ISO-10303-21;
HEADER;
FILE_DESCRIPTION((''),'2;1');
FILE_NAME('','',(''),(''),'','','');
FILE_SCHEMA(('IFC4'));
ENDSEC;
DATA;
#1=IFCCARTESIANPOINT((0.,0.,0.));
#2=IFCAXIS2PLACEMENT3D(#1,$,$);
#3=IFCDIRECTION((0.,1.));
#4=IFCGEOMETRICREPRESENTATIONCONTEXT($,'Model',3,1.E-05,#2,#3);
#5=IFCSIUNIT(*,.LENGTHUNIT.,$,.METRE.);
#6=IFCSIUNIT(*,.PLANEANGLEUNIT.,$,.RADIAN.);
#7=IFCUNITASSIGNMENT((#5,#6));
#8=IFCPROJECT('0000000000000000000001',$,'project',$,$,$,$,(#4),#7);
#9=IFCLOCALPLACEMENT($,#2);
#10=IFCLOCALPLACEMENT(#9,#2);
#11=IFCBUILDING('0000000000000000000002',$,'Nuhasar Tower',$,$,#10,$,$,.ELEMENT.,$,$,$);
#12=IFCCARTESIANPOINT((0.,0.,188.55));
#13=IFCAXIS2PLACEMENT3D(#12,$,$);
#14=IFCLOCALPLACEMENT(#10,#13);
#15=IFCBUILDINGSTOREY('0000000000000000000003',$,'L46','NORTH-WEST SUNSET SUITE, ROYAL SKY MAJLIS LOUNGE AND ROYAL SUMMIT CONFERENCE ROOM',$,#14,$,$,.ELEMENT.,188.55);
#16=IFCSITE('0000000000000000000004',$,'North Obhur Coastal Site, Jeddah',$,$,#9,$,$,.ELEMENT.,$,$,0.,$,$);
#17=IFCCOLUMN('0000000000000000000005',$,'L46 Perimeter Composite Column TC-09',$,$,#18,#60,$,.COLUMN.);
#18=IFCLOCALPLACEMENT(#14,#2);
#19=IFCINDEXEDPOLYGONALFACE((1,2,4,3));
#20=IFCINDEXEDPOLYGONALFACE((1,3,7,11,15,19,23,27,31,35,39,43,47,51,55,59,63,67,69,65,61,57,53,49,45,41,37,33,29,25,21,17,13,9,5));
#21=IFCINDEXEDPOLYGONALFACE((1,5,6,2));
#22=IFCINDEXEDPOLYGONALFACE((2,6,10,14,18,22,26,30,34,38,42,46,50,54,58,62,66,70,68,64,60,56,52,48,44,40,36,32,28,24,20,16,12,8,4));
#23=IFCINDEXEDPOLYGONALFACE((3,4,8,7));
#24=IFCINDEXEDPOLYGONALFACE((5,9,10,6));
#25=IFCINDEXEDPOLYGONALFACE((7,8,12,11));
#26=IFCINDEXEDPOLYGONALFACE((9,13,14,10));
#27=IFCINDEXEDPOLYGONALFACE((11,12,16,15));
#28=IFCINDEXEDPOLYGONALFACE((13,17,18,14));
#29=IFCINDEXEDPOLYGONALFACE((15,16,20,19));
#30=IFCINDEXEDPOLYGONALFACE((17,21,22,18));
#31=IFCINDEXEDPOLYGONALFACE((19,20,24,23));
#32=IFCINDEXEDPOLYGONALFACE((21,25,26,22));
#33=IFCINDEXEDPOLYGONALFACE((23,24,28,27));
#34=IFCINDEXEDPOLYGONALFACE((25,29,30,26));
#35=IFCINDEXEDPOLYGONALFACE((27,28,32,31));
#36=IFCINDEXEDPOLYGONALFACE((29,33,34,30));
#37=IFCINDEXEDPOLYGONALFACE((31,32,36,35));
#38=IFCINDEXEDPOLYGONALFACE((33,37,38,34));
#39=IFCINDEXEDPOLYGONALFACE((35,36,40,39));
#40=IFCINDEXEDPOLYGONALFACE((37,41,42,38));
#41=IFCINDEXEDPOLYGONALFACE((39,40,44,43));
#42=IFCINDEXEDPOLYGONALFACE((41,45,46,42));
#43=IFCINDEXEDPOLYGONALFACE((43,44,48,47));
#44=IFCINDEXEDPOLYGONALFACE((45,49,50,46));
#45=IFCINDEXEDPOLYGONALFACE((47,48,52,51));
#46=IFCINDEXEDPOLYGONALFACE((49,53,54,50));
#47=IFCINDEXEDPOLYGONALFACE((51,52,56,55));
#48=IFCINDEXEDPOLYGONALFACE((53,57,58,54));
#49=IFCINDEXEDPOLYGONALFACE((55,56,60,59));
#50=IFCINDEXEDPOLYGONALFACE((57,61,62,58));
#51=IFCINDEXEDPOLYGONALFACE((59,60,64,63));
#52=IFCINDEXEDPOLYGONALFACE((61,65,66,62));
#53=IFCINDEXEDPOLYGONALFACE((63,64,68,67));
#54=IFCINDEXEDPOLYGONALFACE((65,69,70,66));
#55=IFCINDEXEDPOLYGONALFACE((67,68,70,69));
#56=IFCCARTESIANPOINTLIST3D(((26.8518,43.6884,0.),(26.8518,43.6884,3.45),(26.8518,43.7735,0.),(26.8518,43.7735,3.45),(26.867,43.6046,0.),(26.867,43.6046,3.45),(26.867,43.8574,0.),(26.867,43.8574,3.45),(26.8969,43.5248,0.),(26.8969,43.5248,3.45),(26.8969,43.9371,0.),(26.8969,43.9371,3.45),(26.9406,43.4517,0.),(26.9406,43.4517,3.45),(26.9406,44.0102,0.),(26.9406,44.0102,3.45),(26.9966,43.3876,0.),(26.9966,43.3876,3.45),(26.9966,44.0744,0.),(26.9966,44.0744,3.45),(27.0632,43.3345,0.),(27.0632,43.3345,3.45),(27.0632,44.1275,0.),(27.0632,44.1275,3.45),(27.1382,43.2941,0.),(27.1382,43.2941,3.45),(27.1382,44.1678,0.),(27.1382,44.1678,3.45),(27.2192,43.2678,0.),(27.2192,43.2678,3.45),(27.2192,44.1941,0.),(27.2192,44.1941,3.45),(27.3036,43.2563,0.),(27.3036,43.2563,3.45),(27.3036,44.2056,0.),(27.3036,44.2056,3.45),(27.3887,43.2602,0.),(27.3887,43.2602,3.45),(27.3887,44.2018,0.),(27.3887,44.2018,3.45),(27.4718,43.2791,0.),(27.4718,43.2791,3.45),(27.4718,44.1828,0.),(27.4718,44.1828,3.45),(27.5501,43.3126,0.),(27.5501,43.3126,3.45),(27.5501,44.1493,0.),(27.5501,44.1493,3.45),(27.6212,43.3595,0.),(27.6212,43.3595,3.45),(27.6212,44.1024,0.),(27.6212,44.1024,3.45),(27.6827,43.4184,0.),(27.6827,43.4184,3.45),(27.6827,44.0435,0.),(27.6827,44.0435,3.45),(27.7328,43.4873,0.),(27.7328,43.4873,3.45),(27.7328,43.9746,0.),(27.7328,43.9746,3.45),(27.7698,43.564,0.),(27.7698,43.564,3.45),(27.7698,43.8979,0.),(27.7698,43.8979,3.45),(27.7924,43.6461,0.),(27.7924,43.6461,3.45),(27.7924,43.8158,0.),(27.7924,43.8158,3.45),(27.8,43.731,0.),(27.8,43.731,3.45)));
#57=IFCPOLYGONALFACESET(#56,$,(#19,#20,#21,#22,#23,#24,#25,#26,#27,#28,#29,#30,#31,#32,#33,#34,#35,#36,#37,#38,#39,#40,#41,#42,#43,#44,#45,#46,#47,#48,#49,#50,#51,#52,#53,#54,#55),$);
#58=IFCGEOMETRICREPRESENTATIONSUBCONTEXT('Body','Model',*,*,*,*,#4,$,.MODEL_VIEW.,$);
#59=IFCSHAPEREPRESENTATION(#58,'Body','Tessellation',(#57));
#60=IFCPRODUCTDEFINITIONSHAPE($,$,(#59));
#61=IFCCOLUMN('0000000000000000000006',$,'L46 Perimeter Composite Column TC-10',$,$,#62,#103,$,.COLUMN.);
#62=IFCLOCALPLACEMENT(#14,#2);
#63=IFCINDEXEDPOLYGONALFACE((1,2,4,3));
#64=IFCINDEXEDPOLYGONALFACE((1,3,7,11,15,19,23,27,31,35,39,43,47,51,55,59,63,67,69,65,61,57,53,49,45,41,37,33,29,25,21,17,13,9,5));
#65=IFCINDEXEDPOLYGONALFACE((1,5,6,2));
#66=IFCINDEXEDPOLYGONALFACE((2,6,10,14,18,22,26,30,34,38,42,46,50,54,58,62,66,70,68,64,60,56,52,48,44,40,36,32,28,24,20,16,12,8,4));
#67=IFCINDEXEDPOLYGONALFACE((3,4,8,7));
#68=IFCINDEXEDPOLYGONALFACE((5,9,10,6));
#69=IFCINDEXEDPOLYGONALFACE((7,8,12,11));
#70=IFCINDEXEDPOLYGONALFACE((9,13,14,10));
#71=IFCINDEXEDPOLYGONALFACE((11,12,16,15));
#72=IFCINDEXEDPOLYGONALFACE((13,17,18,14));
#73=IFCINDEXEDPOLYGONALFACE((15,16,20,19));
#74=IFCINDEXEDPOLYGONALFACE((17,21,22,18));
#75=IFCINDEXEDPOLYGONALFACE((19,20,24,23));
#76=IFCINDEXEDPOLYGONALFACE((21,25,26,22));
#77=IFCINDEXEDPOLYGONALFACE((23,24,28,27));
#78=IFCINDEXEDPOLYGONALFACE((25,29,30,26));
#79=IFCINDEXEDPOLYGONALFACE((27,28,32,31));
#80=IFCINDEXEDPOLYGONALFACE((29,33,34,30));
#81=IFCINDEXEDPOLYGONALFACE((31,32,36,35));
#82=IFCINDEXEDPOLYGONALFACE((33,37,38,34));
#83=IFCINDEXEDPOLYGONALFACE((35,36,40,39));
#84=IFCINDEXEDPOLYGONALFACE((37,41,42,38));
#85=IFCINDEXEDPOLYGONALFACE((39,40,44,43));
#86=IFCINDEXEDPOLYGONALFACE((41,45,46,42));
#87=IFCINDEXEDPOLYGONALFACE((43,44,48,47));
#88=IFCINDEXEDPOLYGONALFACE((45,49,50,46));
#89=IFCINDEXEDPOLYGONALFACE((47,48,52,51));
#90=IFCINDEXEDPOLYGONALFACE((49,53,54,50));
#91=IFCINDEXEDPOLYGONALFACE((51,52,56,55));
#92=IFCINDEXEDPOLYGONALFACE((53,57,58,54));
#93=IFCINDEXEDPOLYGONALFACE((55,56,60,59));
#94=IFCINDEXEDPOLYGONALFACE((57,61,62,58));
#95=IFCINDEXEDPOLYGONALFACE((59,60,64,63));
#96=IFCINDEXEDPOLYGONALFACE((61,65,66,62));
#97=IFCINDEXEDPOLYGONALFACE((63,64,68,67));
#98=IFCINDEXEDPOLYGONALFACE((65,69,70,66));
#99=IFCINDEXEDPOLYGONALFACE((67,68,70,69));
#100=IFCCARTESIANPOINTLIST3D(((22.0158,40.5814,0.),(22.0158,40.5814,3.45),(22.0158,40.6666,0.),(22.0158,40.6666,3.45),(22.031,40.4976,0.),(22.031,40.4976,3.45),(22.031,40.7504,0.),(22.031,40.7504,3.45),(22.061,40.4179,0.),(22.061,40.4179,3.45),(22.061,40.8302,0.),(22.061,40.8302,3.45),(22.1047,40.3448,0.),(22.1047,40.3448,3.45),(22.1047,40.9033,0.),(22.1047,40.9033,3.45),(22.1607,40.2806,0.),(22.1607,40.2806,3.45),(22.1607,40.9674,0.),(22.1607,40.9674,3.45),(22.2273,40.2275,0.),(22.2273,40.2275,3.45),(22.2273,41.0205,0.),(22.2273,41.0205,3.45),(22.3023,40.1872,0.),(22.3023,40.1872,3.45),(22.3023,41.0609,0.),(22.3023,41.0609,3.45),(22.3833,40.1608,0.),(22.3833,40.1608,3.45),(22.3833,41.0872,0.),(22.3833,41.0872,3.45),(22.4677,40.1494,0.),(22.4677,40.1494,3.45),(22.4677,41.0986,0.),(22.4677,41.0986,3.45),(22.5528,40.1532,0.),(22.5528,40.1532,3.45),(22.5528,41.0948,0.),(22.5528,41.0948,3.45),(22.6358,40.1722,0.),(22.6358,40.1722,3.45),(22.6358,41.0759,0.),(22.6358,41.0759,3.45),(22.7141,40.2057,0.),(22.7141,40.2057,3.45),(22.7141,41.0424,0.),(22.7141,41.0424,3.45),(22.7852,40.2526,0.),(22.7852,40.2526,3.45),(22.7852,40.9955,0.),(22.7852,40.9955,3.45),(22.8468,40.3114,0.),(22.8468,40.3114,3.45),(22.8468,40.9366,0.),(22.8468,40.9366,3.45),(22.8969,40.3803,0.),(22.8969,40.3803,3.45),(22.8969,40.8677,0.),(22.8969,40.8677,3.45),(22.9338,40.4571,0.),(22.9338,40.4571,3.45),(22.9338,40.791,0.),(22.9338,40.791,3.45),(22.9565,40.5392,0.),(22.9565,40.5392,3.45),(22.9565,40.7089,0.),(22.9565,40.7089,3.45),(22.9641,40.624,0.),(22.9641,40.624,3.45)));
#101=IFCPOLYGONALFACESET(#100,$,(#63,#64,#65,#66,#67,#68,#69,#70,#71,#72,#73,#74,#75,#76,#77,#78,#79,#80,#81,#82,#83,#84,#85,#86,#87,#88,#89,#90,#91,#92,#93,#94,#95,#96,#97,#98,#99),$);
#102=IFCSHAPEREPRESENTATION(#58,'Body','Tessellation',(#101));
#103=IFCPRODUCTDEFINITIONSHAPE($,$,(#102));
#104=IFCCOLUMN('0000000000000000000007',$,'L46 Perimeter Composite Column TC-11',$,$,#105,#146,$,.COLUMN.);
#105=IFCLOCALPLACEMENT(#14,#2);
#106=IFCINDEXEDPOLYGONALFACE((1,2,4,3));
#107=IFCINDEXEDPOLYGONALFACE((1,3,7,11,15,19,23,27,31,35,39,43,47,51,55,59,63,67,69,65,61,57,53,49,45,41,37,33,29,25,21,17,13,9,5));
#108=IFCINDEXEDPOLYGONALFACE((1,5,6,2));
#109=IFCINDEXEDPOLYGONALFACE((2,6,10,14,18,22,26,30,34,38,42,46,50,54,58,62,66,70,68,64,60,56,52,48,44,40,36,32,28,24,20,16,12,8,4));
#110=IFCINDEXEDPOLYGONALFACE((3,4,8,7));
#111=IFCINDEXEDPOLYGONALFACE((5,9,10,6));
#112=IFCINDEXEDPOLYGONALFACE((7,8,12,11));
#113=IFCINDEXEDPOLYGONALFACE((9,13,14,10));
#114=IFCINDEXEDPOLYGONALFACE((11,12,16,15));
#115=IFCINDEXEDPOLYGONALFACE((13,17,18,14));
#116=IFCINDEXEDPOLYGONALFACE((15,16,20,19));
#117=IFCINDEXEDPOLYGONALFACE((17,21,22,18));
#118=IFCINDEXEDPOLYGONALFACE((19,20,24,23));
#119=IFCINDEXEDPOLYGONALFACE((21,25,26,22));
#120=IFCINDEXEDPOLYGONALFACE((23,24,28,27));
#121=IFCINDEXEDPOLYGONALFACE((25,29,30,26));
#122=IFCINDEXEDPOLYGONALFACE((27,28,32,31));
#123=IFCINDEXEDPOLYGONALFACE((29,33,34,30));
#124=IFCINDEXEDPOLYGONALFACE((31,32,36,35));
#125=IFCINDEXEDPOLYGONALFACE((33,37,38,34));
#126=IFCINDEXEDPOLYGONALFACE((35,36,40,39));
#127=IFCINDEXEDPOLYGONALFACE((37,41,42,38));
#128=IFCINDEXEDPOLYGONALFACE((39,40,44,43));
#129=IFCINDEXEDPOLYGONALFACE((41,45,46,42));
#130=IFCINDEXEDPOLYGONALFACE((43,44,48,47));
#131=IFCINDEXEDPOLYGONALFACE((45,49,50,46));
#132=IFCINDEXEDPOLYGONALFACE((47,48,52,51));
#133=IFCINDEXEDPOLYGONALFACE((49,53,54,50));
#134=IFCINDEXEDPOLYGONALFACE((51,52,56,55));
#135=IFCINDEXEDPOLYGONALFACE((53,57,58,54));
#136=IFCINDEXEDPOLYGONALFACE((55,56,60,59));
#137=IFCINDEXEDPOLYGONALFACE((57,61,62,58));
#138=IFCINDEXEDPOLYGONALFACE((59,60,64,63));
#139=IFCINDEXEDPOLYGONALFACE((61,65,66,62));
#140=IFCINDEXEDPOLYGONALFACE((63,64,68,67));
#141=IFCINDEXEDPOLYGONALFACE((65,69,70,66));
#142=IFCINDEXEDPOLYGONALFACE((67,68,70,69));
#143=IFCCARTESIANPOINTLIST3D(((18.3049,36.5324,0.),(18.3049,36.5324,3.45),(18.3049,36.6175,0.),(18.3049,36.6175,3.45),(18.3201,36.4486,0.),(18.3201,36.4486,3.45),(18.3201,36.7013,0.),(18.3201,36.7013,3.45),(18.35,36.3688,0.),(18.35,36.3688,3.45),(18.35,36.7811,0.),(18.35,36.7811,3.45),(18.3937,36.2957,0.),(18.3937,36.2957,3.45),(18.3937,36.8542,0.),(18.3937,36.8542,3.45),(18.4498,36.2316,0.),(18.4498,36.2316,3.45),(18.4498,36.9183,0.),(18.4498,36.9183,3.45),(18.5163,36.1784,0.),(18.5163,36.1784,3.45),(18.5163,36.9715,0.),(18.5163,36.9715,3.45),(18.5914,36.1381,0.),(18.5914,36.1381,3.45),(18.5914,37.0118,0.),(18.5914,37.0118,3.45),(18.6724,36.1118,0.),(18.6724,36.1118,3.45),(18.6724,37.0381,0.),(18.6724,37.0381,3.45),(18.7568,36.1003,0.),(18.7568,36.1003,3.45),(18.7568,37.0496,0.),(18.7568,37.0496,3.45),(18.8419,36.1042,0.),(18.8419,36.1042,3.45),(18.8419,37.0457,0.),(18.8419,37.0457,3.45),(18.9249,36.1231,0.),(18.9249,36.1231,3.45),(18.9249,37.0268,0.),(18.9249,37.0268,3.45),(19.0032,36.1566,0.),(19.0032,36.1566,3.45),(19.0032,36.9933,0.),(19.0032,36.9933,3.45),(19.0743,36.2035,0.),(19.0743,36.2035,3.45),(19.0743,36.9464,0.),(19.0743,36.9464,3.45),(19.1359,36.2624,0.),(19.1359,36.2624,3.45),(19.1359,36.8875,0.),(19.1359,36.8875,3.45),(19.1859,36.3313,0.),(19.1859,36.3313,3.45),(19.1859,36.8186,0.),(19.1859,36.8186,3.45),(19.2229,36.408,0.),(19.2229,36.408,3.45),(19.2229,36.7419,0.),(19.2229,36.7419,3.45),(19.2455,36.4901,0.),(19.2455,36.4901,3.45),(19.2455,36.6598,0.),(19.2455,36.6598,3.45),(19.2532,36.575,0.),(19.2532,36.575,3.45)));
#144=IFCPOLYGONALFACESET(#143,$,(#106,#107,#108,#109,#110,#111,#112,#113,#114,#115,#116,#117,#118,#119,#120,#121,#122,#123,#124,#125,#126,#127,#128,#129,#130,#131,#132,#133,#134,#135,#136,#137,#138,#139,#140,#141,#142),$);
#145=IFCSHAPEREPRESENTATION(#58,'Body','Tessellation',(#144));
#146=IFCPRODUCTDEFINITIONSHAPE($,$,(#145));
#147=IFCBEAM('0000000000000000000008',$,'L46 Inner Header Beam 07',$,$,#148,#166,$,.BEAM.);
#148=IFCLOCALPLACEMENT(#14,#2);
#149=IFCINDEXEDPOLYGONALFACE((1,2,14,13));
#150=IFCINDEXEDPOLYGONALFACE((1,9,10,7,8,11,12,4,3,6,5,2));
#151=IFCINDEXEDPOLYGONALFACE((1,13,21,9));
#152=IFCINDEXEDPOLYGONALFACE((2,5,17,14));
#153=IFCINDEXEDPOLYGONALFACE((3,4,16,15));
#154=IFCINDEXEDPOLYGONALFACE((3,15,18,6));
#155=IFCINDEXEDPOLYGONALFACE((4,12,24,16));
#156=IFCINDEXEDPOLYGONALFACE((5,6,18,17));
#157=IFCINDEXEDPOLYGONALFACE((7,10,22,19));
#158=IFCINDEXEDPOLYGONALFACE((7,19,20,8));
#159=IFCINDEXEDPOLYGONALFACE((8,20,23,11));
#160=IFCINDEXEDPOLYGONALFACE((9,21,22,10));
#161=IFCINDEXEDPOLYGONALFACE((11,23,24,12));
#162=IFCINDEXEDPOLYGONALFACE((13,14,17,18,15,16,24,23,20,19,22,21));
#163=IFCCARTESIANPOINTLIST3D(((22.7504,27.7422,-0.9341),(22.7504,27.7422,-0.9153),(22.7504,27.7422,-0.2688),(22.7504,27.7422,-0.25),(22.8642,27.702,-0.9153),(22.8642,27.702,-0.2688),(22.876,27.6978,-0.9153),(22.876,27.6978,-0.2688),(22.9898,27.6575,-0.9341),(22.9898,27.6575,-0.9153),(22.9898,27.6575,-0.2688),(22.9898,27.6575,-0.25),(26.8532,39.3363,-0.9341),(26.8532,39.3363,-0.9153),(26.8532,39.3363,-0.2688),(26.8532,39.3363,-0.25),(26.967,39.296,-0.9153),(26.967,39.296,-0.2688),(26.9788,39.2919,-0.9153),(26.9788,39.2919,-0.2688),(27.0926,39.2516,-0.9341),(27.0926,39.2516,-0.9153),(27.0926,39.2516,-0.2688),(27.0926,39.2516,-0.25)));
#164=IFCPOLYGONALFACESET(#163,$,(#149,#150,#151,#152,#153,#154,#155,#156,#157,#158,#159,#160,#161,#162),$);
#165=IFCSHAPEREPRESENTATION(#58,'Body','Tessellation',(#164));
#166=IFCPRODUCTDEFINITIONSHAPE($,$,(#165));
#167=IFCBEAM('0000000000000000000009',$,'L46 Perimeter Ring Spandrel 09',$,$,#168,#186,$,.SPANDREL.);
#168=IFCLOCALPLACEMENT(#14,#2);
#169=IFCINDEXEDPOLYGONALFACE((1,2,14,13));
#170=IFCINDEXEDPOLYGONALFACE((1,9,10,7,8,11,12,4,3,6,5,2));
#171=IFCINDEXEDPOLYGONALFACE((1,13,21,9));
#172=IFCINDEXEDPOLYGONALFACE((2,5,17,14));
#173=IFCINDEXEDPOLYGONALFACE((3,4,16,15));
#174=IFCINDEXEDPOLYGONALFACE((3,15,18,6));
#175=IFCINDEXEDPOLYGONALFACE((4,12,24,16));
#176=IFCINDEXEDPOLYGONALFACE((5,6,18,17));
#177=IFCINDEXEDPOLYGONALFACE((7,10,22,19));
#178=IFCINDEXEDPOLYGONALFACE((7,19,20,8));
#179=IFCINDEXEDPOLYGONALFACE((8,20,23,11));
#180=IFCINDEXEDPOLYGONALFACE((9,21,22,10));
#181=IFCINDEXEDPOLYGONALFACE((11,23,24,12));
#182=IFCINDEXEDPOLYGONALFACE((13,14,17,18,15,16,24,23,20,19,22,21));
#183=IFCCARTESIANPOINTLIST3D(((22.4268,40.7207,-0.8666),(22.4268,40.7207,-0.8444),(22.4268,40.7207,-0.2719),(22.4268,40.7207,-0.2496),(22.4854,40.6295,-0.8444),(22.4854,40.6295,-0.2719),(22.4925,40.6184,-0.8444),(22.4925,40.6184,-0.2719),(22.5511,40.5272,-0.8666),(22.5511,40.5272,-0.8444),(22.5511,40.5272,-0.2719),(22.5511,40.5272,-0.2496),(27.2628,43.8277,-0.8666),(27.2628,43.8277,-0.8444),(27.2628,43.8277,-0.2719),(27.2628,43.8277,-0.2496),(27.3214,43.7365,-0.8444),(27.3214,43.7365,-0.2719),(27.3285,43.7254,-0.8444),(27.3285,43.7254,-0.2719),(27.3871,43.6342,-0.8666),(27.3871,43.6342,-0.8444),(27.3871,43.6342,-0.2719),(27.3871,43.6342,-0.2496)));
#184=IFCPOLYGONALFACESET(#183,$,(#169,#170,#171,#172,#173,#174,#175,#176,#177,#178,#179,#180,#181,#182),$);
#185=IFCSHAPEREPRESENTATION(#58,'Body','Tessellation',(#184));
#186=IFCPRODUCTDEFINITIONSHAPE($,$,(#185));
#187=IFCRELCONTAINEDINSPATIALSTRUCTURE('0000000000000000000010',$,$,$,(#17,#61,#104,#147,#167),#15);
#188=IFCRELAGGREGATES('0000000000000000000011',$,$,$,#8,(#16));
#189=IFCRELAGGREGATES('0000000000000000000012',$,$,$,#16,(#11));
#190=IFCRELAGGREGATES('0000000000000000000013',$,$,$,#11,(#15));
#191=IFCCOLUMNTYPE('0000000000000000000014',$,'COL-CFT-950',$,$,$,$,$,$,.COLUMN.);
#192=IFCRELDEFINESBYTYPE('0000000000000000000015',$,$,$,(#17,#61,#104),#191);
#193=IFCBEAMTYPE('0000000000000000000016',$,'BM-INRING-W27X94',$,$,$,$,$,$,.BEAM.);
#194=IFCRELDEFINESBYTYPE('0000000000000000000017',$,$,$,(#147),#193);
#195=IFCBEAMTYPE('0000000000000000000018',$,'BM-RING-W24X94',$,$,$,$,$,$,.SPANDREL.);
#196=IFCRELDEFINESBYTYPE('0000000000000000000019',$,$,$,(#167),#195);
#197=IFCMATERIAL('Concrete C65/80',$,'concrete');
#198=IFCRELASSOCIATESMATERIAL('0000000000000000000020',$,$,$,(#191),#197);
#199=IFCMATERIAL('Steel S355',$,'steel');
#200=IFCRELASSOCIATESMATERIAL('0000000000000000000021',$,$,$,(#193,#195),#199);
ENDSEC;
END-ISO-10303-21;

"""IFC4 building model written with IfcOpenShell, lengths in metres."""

from ifc_helpers import new_model, si_unit, direction, frame, origin, origin_2d, place, context, subcontext, project, spatial, circle, i_section, extrude, material, material_profile, profile_set, type_object, element, save


model = new_model("IFC4")

# Units and contexts
model_context = context("Model", 3, precision=1e-05, world=origin(), true_north=direction((0.0, 1.0)))
body_context = subcontext(model_context, "Body", "Model", "MODEL_VIEW")
ifc_project = project(units=[si_unit("LENGTHUNIT", "METRE"), si_unit("PLANEANGLEUNIT", "RADIAN")], contexts=[model_context])

# Site, building, storey
site_placement = place(None, origin())
site = spatial("IfcSite", under=ifc_project, at=site_placement, Name="North Obhur Coastal Site, Jeddah", CompositionType="ELEMENT", RefElevation=0.0)
building_placement = place(site_placement, origin())
building = spatial("IfcBuilding", under=site, at=building_placement, Name="Nuhasar Tower", CompositionType="ELEMENT")
storey_placement = place(building_placement, frame((0.0, 0.0, 188.55)))
storey = spatial("IfcBuildingStorey", under=building, at=storey_placement, Name="L46", Description="NORTH-WEST SUNSET SUITE, ROYAL SKY MAJLIS LOUNGE AND ROYAL SUMMIT CONFERENCE ROOM", CompositionType="ELEMENT", Elevation=188.55)

# Columns
ifc_material_1 = material(Name="Concrete C65/80", Category="concrete")
ifc_material_profile_1 = material_profile(ifc_material_1, circle(Radius=0.4751, at=origin_2d()), Name="CFT950")
ifc_profile_set_1 = profile_set([ifc_material_profile_1], Name="Concrete C65/80")
column_type = type_object("IfcColumnType", Name="COL-CFT-950", PredefinedType="COLUMN", material=ifc_profile_set_1)
for number, where, z_axis, x_axis, name in (
    (1, (27.325, 43.731, 0.0), (0.0, 0.0, 1.0), (1.0, 0.0, 0.0), "L46 Perimeter Composite Column TC-09"),
    (2, (22.489, 40.624, 0.0), (0.0, 0.0, 1.0), (1.0, 0.0, 0.0), "L46 Perimeter Composite Column TC-10"),
    (3, (18.7781, 36.575, 0.0), (0.0, 0.0, 1.0), (1.0, 0.0, 0.0), "L46 Perimeter Composite Column TC-11"),
):
    element("IfcColumn", number, at=place(storey_placement, frame(where, z_axis=z_axis, x_axis=x_axis)), inside=storey, type_object=column_type, Name=name, PredefinedType="COLUMN", context=body_context, shape_type="SweptSolid", body=[
        extrude(circle(Radius=0.4751, at=origin_2d()), origin(), (0.0, 0.0, 1.0), 3.45),
    ])

# Beams
ifc_material_2 = material(Name="Steel S355", Category="steel")
ifc_material_profile_2 = material_profile(ifc_material_2, i_section(OverallWidth=0.2539, OverallDepth=0.6841, WebThickness=0.0125, FlangeThickness=0.0188, at=origin_2d()), Name="W27X94")
ifc_profile_set_2 = profile_set([ifc_material_profile_2], Name="Steel S355")
beam_type_1 = type_object("IfcBeamType", Name="BM-INRING-W27X94", PredefinedType="BEAM", material=ifc_profile_set_2)
beam_1_placement = place(storey_placement, frame((26.9729, 39.2939, -0.592), z_axis=(-0.3336, -0.942715, 0.0), x_axis=(0.942715, -0.3336, 0.0)))
element("IfcBeam", 4, at=beam_1_placement, inside=storey, type_object=beam_type_1, Name="L46 Inner Header Beam 07", PredefinedType="BEAM", context=body_context, shape_type="SweptSolid", body=[
    extrude(i_section(OverallWidth=0.2539, OverallDepth=0.6841, WebThickness=0.0125, FlangeThickness=0.0188, at=origin_2d()), origin(), (0.0, 0.0, 1.0), 12.2986),
])
ifc_material_profile_3 = material_profile(ifc_material_2, i_section(OverallWidth=0.23, OverallDepth=0.6169, WebThickness=0.0132, FlangeThickness=0.0222, at=origin_2d()), Name="W24X94")
ifc_profile_set_3 = profile_set([ifc_material_profile_3], Name="Steel S355")
beam_type_2 = type_object("IfcBeamType", Name="BM-RING-W24X94", PredefinedType="SPANDREL", material=ifc_profile_set_3)
beam_2_placement = place(storey_placement, frame((27.325, 43.731, -0.5581), z_axis=(-0.841327, -0.540526, 0.0), x_axis=(0.540526, -0.841327, 0.0)))
element("IfcBeam", 5, at=beam_2_placement, inside=storey, type_object=beam_type_2, Name="L46 Perimeter Ring Spandrel 09", PredefinedType="SPANDREL", context=body_context, shape_type="SweptSolid", body=[
    extrude(i_section(OverallWidth=0.23, OverallDepth=0.6169, WebThickness=0.0132, FlangeThickness=0.0222, at=origin_2d()), origin(), (0.0, 0.0, 1.0), 5.748),
])

save(model, "model.ifc")
